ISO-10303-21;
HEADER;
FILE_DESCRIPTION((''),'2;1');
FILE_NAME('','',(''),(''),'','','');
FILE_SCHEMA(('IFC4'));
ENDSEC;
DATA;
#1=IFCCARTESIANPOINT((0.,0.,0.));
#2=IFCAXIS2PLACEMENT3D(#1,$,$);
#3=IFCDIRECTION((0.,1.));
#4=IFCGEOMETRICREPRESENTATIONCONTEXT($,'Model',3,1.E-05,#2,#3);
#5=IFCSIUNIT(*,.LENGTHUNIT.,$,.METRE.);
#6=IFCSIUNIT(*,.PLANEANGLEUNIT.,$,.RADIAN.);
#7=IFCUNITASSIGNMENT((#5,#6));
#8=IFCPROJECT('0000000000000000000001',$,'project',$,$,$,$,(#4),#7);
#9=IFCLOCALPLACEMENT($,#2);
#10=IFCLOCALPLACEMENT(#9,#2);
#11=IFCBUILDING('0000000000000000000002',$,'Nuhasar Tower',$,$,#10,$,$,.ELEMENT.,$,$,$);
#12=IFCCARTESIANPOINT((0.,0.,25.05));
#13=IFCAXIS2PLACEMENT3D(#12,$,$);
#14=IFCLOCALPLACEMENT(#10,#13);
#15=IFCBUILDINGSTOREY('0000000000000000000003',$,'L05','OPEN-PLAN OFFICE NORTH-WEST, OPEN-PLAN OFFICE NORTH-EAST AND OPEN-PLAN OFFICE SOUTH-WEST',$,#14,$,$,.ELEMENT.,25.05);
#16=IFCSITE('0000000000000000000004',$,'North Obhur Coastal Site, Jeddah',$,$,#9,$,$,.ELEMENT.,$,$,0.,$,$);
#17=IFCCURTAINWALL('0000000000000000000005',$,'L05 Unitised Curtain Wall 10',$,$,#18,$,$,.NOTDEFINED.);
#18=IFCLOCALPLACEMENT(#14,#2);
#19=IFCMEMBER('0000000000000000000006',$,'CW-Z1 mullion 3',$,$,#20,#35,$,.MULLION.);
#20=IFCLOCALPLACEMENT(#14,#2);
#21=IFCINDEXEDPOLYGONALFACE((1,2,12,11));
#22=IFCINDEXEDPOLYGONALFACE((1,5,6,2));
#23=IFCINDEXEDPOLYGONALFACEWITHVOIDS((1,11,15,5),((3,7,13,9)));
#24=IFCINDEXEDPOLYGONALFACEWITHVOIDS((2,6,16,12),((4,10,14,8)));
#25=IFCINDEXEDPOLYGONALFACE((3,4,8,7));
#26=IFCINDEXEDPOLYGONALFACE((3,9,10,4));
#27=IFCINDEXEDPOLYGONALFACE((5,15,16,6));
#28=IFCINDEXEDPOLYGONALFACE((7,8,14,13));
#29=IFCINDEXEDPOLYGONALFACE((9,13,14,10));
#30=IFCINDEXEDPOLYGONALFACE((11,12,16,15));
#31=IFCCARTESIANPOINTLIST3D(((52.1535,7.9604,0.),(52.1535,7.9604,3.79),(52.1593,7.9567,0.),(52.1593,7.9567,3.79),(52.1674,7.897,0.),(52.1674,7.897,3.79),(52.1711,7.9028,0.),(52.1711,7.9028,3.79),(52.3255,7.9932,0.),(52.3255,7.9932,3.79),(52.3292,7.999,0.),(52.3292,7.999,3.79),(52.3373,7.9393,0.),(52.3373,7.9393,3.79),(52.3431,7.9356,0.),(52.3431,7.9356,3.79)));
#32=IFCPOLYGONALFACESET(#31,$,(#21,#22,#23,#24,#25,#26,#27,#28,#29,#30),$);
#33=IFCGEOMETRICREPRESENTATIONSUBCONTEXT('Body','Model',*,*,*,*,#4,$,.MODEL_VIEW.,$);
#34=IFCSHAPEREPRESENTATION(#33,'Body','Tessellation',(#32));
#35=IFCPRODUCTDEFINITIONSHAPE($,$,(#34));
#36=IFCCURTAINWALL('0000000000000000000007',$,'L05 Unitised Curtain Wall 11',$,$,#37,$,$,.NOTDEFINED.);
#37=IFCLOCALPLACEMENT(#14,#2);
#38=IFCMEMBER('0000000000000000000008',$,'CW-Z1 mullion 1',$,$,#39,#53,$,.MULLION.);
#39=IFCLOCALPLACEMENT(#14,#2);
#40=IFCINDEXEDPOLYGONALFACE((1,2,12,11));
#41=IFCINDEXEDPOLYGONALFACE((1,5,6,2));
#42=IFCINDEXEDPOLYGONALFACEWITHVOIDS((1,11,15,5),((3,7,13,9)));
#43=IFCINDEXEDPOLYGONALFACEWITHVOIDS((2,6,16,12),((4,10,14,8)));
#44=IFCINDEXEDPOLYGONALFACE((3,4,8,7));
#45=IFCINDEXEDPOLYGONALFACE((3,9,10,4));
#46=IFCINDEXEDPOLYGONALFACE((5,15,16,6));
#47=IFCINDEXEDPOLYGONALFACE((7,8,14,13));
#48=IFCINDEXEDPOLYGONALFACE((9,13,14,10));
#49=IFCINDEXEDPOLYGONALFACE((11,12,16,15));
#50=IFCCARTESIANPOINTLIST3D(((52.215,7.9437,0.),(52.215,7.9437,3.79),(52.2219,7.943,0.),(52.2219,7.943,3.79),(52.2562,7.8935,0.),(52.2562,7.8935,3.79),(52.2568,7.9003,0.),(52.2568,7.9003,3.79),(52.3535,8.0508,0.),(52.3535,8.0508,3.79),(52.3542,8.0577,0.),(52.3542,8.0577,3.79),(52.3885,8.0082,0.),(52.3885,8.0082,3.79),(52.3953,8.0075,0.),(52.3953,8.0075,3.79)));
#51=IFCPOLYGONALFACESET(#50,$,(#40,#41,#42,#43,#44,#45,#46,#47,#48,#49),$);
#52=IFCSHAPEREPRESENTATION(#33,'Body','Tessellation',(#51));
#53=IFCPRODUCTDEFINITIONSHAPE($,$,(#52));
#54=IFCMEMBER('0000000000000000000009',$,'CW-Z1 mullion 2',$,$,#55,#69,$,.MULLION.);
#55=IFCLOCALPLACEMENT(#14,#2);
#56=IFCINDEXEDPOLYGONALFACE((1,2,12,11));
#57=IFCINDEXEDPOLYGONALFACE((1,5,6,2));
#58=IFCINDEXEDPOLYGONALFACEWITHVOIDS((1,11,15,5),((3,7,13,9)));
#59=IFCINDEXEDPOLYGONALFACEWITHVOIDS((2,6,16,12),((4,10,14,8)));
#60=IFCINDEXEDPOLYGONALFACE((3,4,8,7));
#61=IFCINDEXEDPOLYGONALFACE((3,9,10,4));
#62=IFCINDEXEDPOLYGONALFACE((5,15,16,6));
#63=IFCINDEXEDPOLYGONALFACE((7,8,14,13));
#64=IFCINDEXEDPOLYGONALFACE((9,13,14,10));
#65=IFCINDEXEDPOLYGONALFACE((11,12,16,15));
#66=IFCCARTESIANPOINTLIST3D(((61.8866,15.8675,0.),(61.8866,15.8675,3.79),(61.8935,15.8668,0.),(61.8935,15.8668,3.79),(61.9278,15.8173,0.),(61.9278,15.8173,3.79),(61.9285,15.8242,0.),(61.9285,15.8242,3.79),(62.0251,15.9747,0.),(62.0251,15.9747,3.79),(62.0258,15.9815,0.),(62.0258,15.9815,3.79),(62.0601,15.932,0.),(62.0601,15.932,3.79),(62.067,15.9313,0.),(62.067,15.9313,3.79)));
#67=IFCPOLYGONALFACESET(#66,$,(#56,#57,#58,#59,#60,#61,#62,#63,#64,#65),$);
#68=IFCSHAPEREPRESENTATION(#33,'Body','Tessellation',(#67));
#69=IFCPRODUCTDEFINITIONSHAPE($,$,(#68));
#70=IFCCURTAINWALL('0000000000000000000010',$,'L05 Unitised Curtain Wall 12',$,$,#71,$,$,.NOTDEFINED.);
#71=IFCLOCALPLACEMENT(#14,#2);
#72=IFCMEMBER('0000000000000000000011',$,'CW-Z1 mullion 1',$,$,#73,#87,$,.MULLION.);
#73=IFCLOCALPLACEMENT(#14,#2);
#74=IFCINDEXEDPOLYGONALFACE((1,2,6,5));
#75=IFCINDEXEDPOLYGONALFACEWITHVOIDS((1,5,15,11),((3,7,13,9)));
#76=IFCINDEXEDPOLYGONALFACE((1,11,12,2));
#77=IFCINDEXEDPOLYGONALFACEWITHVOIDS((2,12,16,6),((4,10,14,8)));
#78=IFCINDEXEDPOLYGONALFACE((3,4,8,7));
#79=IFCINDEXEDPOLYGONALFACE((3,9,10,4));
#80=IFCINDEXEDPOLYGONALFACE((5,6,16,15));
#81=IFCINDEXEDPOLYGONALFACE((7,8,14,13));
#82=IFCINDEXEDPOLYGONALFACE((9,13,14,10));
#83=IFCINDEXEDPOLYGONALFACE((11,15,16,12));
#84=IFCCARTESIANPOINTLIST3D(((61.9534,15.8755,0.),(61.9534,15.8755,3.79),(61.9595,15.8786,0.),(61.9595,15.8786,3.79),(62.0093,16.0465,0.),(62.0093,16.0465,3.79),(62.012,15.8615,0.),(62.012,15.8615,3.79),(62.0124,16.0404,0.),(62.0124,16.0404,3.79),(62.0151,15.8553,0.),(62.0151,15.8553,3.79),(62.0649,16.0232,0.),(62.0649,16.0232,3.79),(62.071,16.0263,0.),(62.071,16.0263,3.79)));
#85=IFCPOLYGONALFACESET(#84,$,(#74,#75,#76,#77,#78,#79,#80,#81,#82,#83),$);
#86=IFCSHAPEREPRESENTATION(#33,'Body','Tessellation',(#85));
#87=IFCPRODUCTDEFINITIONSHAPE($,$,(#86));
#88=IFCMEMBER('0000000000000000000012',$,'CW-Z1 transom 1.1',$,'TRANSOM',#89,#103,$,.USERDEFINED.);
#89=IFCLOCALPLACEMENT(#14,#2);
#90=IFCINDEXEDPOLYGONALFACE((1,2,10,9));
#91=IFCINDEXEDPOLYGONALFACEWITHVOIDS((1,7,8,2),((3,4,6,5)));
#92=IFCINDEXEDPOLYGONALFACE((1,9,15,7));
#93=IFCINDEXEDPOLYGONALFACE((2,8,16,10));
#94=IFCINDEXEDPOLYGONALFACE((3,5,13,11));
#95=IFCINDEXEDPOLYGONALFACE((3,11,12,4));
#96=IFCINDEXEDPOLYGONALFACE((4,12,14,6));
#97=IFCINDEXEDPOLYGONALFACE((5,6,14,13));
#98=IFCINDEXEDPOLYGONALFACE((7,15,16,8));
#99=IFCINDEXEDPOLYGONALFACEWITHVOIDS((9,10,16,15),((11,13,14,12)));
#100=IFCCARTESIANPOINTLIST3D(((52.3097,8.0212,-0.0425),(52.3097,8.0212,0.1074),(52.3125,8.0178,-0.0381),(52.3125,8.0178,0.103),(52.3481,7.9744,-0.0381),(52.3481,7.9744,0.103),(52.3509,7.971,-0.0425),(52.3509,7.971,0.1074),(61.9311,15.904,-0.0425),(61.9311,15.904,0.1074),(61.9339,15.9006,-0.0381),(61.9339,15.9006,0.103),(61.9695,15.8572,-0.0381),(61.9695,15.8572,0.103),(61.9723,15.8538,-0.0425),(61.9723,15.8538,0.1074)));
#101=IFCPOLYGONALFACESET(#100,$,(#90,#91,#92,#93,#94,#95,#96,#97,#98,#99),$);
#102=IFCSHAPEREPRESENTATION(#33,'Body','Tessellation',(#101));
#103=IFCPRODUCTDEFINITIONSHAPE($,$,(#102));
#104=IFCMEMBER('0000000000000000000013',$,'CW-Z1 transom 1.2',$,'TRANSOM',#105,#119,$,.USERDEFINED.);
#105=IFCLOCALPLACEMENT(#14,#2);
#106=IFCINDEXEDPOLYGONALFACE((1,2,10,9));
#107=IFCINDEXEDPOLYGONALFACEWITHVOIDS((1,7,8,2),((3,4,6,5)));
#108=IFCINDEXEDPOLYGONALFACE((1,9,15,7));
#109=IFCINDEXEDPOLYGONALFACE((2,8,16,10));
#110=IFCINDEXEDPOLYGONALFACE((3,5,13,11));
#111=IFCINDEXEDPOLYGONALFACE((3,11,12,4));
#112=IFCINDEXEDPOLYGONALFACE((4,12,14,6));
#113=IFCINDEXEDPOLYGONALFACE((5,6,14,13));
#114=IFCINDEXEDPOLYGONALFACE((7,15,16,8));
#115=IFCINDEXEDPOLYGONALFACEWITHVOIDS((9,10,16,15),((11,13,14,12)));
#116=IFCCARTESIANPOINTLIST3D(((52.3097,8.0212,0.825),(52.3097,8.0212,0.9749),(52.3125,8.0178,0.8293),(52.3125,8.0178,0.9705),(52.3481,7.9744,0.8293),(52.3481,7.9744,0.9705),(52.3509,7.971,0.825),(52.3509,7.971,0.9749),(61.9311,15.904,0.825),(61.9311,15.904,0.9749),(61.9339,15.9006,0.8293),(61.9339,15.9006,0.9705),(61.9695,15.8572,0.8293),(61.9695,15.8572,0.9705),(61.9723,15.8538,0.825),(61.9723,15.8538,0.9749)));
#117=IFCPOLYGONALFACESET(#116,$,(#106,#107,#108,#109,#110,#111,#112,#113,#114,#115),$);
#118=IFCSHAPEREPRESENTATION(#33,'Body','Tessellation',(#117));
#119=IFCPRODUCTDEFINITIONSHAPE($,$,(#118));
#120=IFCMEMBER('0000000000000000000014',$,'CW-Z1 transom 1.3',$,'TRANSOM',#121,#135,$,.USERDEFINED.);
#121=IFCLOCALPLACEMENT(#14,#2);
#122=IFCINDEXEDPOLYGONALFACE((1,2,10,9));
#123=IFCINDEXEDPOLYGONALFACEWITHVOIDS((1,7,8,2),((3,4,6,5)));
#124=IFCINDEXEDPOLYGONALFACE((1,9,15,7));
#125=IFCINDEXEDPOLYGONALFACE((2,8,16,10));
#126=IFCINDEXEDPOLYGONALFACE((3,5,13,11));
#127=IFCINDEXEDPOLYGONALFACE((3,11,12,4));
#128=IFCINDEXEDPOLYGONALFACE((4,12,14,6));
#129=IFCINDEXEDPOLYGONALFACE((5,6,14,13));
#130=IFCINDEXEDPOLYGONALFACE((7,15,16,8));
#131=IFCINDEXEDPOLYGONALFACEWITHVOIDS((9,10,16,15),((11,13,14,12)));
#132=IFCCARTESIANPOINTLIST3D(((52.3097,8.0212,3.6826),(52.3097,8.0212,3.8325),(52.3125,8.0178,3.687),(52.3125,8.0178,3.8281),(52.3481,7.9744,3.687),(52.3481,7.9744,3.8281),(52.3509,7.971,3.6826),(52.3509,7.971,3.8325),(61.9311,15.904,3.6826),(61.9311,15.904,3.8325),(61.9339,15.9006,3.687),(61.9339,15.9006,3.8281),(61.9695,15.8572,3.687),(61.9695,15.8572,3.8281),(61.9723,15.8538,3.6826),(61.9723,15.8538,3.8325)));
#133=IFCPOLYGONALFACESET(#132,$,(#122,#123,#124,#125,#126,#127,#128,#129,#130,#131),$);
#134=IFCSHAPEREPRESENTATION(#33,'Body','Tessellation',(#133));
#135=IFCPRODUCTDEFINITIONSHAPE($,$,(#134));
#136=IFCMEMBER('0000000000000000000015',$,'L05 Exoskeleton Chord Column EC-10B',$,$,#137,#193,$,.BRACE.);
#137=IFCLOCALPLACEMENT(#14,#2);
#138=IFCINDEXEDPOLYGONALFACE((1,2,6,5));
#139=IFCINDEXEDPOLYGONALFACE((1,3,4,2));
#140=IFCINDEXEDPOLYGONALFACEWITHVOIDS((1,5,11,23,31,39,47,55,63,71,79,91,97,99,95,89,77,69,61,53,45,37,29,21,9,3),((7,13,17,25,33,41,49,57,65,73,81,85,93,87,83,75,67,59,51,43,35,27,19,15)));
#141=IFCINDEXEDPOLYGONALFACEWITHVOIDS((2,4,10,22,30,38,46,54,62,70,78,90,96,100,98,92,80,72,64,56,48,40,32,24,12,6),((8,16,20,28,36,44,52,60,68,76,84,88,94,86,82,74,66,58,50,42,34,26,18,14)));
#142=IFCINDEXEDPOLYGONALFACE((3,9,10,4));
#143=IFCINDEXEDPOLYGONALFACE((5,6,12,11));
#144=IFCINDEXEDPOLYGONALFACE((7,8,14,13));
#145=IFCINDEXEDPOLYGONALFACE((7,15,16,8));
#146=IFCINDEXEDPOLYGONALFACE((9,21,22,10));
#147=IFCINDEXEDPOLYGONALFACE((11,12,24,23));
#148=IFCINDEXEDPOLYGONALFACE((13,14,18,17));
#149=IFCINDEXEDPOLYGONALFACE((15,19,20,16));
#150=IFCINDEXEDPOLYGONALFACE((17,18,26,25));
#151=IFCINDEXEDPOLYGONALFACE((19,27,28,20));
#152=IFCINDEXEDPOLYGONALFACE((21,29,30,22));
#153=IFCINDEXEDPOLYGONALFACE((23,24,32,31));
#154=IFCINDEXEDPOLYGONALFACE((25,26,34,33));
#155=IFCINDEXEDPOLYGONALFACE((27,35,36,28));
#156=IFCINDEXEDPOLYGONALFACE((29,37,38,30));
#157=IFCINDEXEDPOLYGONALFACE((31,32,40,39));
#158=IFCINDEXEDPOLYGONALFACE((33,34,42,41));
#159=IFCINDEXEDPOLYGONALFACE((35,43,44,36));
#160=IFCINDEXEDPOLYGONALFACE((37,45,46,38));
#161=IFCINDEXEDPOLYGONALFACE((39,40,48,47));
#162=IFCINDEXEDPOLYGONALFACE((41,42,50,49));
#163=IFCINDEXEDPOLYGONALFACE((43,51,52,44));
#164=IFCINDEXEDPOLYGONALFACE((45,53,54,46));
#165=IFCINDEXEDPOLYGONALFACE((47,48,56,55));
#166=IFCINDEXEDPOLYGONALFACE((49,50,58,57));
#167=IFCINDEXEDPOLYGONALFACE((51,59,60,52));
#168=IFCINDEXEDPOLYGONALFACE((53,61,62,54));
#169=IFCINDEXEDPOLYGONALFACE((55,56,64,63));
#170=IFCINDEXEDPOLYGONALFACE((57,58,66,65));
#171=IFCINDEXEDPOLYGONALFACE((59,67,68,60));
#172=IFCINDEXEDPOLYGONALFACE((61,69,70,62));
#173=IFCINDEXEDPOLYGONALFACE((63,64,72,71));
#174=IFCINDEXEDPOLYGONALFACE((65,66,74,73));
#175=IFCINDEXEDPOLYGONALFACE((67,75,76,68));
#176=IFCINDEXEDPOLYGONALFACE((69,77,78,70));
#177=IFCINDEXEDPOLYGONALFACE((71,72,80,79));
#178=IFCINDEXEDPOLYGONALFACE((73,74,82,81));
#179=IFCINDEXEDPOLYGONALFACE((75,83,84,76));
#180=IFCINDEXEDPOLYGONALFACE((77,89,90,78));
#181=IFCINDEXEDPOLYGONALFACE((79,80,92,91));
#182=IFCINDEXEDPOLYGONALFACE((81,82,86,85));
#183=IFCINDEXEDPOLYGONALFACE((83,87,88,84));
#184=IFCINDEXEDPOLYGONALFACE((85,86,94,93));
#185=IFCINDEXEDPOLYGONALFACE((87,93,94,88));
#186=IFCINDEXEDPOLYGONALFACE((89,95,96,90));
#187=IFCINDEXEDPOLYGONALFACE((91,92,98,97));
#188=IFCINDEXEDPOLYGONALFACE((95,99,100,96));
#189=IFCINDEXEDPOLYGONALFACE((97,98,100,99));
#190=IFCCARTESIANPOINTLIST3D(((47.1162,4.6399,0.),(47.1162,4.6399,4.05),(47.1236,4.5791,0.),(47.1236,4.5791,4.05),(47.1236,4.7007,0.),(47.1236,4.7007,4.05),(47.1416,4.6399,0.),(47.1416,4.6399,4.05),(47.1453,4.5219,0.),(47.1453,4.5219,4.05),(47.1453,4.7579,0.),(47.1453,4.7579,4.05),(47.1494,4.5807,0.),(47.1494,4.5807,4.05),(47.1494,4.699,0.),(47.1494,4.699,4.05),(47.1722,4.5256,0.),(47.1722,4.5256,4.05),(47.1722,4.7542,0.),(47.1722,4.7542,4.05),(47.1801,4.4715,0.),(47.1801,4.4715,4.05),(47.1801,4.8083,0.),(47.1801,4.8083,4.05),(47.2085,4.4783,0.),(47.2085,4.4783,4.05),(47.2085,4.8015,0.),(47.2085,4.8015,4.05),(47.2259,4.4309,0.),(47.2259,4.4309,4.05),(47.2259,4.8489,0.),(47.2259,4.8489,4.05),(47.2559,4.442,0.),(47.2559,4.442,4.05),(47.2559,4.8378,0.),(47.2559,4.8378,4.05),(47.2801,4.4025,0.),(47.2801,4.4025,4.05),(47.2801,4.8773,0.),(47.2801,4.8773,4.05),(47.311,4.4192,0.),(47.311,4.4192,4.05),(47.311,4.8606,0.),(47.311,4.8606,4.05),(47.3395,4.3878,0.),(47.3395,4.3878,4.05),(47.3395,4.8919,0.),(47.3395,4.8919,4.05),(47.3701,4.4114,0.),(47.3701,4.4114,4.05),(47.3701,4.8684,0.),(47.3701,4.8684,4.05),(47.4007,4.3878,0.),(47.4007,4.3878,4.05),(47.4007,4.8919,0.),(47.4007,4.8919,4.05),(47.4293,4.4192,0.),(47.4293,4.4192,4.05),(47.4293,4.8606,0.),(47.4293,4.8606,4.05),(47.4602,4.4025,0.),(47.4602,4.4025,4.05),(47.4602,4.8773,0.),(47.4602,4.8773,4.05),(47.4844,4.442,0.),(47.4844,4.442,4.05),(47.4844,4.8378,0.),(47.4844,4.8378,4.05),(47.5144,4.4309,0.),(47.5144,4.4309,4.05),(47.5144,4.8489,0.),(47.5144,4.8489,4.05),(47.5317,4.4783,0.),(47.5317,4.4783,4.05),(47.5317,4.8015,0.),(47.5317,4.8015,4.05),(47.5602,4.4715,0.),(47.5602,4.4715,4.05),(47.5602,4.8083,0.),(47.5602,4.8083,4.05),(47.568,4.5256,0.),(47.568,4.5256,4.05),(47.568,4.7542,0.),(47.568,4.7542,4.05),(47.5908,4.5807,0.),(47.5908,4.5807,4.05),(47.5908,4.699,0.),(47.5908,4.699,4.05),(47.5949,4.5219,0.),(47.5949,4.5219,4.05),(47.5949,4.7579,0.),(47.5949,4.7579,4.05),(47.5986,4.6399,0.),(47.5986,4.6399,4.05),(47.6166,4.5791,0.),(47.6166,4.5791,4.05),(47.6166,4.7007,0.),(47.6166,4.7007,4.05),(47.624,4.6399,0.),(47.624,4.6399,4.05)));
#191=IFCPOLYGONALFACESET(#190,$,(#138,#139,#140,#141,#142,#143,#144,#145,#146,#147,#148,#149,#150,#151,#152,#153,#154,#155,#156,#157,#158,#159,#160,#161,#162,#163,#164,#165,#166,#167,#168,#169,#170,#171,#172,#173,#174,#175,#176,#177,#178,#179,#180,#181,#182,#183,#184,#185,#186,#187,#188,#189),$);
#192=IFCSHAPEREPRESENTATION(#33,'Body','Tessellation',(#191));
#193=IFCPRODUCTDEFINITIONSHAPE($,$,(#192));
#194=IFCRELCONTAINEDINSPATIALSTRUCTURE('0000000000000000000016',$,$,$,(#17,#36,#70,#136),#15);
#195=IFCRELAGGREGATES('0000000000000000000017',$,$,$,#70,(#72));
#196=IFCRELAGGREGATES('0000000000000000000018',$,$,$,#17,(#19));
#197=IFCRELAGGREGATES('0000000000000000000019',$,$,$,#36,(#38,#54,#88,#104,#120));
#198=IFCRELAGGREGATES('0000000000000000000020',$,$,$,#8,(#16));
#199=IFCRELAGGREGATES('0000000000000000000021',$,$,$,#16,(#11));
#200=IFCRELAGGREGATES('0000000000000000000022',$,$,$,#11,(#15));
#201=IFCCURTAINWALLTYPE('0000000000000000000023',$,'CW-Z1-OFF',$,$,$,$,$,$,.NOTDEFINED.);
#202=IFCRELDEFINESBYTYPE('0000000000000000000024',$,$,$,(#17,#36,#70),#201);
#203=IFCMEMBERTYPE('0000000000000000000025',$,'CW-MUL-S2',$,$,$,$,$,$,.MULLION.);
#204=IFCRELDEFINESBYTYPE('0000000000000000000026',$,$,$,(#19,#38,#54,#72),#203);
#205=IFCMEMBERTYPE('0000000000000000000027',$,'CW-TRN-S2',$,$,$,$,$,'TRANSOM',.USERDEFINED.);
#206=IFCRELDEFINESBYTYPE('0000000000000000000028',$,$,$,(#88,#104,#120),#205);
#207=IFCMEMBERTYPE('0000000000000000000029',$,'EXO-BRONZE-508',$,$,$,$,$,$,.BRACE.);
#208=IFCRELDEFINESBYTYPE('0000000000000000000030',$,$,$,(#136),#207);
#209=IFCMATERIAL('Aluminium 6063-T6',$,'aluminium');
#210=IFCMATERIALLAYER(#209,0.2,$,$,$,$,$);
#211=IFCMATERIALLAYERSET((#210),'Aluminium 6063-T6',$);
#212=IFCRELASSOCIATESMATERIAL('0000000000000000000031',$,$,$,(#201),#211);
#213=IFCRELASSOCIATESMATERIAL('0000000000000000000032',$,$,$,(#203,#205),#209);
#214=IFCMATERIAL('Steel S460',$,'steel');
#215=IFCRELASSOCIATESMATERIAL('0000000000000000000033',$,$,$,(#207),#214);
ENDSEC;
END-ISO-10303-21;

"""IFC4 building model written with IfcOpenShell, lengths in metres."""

from ifc_helpers import new_model, si_unit, direction, frame, origin, origin_2d, place, context, subcontext, project, spatial, hollow_rectangle, hollow_circle, extrude, material, layer, layer_set, material_profile, profile_set, type_object, element, aggregate, save


model = new_model("IFC4")

# Units and contexts
model_context = context("Model", 3, precision=1e-05, world=origin(), true_north=direction((0.0, 1.0)))
body_context = subcontext(model_context, "Body", "Model", "MODEL_VIEW")
ifc_project = project(units=[si_unit("LENGTHUNIT", "METRE"), si_unit("PLANEANGLEUNIT", "RADIAN")], contexts=[model_context])

# Site, building, storey
site_placement = place(None, origin())
site = spatial("IfcSite", under=ifc_project, at=site_placement, Name="North Obhur Coastal Site, Jeddah", CompositionType="ELEMENT", RefElevation=0.0)
building_placement = place(site_placement, origin())
building = spatial("IfcBuilding", under=site, at=building_placement, Name="Nuhasar Tower", CompositionType="ELEMENT")
storey_placement = place(building_placement, frame((0.0, 0.0, 25.05)))
storey = spatial("IfcBuildingStorey", under=building, at=storey_placement, Name="L05", Description="OPEN-PLAN OFFICE NORTH-WEST, OPEN-PLAN OFFICE NORTH-EAST AND OPEN-PLAN OFFICE SOUTH-WEST", CompositionType="ELEMENT", Elevation=25.05)

# Curtain wall, member
ifc_material_1 = material(Name="Aluminium 6063-T6", Category="aluminium")
ifc_layer_1 = layer(ifc_material_1, 0.2)
ifc_layer_set_1 = layer_set([ifc_layer_1], Name="Aluminium 6063-T6")
curtain_wall_type = type_object("IfcCurtainWallType", Name="CW-Z1-OFF", PredefinedType="NOTDEFINED", material=ifc_layer_set_1)
curtain_wall_1_placement = place(storey_placement, origin())
curtain_wall_1 = element("IfcCurtainWall", 1, at=curtain_wall_1_placement, inside=storey, type_object=curtain_wall_type, Name="L05 Unitised Curtain Wall 10", PredefinedType="NOTDEFINED")
ifc_material_profile_1 = material_profile(ifc_material_1, hollow_rectangle(XDim=0.0649, YDim=0.1799, WallThickness=0.0049, at=origin_2d()), Name="CWM-2")
ifc_profile_set_1 = profile_set([ifc_material_profile_1], Name="Aluminium 6063-T6")
member_type_1 = type_object("IfcMemberType", Name="CW-MUL-S2", PredefinedType="MULLION", material=ifc_profile_set_1)
member_1_placement = place(storey_placement, frame((52.2483, 7.948, 0.0), z_axis=(0.0, 0.0, 1.0), x_axis=(-0.214399, 0.976746, 0.0)))
member_1 = element("IfcMember", 2, at=member_1_placement, type_object=member_type_1, Name="CW-Z1 mullion 3", PredefinedType="MULLION", context=body_context, shape_type="SweptSolid", body=[
    extrude(hollow_rectangle(XDim=0.0649, YDim=0.1799, WallThickness=0.0049, at=origin_2d()), origin(), (0.0, 0.0, 1.0), 3.79),
])

# Curtain wall, members
curtain_wall_2_placement = place(storey_placement, origin())
curtain_wall_2 = element("IfcCurtainWall", 3, at=curtain_wall_2_placement, inside=storey, type_object=curtain_wall_type, Name="L05 Unitised Curtain Wall 11", PredefinedType="NOTDEFINED")
member_2_placement = place(storey_placement, frame((52.3052, 7.9756, 0.0), z_axis=(0.0, 0.0, 1.0), x_axis=(-0.633745, 0.773542, 0.0)))
member_2 = element("IfcMember", 4, at=member_2_placement, type_object=member_type_1, Name="CW-Z1 mullion 1", PredefinedType="MULLION", context=body_context, shape_type="SweptSolid", body=[
    extrude(hollow_rectangle(XDim=0.0649, YDim=0.1799, WallThickness=0.0049, at=origin_2d()), origin(), (0.0, 0.0, 1.0), 3.79),
])
member_3_placement = place(storey_placement, frame((61.9768, 15.8994, 0.0), z_axis=(0.0, 0.0, 1.0), x_axis=(-0.633745, 0.773542, 0.0)))
member_3 = element("IfcMember", 5, at=member_3_placement, type_object=member_type_1, Name="CW-Z1 mullion 2", PredefinedType="MULLION", context=body_context, shape_type="SweptSolid", body=[
    extrude(hollow_rectangle(XDim=0.0649, YDim=0.1799, WallThickness=0.0049, at=origin_2d()), origin(), (0.0, 0.0, 1.0), 3.79),
])

# Curtain wall, member
curtain_wall_3_placement = place(storey_placement, origin())
curtain_wall_3 = element("IfcCurtainWall", 6, at=curtain_wall_3_placement, inside=storey, type_object=curtain_wall_type, Name="L05 Unitised Curtain Wall 12", PredefinedType="NOTDEFINED")
member_4_placement = place(storey_placement, frame((62.0122, 15.9509, 0.0), z_axis=(0.0, 0.0, 1.0), x_axis=(-0.950468, 0.310824, 0.0)))
member_4 = element("IfcMember", 7, at=member_4_placement, type_object=member_type_1, Name="CW-Z1 mullion 1", PredefinedType="MULLION", context=body_context, shape_type="SweptSolid", body=[
    extrude(hollow_rectangle(XDim=0.0649, YDim=0.1799, WallThickness=0.0049, at=origin_2d()), origin(), (0.0, 0.0, 1.0), 3.79),
])
aggregate(curtain_wall_3, [member_4])

# Members
ifc_material_profile_2 = material_profile(ifc_material_1, hollow_rectangle(XDim=0.0649, YDim=0.1499, WallThickness=0.0044, at=origin_2d()), Name="CWT-2")
ifc_profile_set_2 = profile_set([ifc_material_profile_2], Name="Aluminium 6063-T6")
member_type_2 = type_object("IfcMemberType", Name="CW-TRN-S2", ElementType="TRANSOM", PredefinedType="USERDEFINED", material=ifc_profile_set_2)
member_5_placement = place(storey_placement, frame((52.3303, 7.9961, 0.0325), z_axis=(0.773531, 0.633758, 0.0), x_axis=(-0.633758, 0.773531, 0.0)))
member_5 = element("IfcMember", 8, at=member_5_placement, type_object=member_type_2, Name="CW-Z1 transom 1.1", ObjectType="TRANSOM", PredefinedType="USERDEFINED", context=body_context, shape_type="SweptSolid", body=[
    extrude(hollow_rectangle(XDim=0.0649, YDim=0.1499, WallThickness=0.0044, at=origin_2d()), origin(), (0.0, 0.0, 1.0), 12.4382),
])
member_6_placement = place(storey_placement, frame((52.3303, 7.9961, 0.8999), z_axis=(0.773531, 0.633758, 0.0), x_axis=(-0.633758, 0.773531, 0.0)))
member_6 = element("IfcMember", 9, at=member_6_placement, type_object=member_type_2, Name="CW-Z1 transom 1.2", ObjectType="TRANSOM", PredefinedType="USERDEFINED", context=body_context, shape_type="SweptSolid", body=[
    extrude(hollow_rectangle(XDim=0.0649, YDim=0.1499, WallThickness=0.0044, at=origin_2d()), origin(), (0.0, 0.0, 1.0), 12.4382),
])
member_7_placement = place(storey_placement, frame((52.3303, 7.9961, 3.7576), z_axis=(0.773531, 0.633758, 0.0), x_axis=(-0.633758, 0.773531, 0.0)))
member_7 = element("IfcMember", 10, at=member_7_placement, type_object=member_type_2, Name="CW-Z1 transom 1.3", ObjectType="TRANSOM", PredefinedType="USERDEFINED", context=body_context, shape_type="SweptSolid", body=[
    extrude(hollow_rectangle(XDim=0.0649, YDim=0.1499, WallThickness=0.0044, at=origin_2d()), origin(), (0.0, 0.0, 1.0), 12.4382),
])

# Member
ifc_material_2 = material(Name="Steel S460", Category="steel")
ifc_material_profile_3 = material_profile(ifc_material_2, hollow_circle(Radius=0.2539, WallThickness=0.0254, at=origin_2d()), Name="HSS508X25.4")
ifc_profile_set_3 = profile_set([ifc_material_profile_3], Name="Steel S460")
member_type_3 = type_object("IfcMemberType", Name="EXO-BRONZE-508", PredefinedType="BRACE", material=ifc_profile_set_3)
for number, where, z_axis, x_axis, name in (
    (11, (47.3701, 4.6399, 0.0), (0.0, 0.0, 1.0), (1.0, 0.0, 0.0), "L05 Exoskeleton Chord Column EC-10B"),
):
    element("IfcMember", number, at=place(storey_placement, frame(where, z_axis=z_axis, x_axis=x_axis)), inside=storey, type_object=member_type_3, Name=name, PredefinedType="BRACE", context=body_context, shape_type="SweptSolid", body=[
        extrude(hollow_circle(Radius=0.2539, WallThickness=0.0254, at=origin_2d()), origin(), (0.0, 0.0, 1.0), 4.05),
    ])

aggregate(curtain_wall_1, [member_1])
aggregate(curtain_wall_2, [member_2, member_3, member_5, member_6, member_7])

save(model, "model.ifc")
